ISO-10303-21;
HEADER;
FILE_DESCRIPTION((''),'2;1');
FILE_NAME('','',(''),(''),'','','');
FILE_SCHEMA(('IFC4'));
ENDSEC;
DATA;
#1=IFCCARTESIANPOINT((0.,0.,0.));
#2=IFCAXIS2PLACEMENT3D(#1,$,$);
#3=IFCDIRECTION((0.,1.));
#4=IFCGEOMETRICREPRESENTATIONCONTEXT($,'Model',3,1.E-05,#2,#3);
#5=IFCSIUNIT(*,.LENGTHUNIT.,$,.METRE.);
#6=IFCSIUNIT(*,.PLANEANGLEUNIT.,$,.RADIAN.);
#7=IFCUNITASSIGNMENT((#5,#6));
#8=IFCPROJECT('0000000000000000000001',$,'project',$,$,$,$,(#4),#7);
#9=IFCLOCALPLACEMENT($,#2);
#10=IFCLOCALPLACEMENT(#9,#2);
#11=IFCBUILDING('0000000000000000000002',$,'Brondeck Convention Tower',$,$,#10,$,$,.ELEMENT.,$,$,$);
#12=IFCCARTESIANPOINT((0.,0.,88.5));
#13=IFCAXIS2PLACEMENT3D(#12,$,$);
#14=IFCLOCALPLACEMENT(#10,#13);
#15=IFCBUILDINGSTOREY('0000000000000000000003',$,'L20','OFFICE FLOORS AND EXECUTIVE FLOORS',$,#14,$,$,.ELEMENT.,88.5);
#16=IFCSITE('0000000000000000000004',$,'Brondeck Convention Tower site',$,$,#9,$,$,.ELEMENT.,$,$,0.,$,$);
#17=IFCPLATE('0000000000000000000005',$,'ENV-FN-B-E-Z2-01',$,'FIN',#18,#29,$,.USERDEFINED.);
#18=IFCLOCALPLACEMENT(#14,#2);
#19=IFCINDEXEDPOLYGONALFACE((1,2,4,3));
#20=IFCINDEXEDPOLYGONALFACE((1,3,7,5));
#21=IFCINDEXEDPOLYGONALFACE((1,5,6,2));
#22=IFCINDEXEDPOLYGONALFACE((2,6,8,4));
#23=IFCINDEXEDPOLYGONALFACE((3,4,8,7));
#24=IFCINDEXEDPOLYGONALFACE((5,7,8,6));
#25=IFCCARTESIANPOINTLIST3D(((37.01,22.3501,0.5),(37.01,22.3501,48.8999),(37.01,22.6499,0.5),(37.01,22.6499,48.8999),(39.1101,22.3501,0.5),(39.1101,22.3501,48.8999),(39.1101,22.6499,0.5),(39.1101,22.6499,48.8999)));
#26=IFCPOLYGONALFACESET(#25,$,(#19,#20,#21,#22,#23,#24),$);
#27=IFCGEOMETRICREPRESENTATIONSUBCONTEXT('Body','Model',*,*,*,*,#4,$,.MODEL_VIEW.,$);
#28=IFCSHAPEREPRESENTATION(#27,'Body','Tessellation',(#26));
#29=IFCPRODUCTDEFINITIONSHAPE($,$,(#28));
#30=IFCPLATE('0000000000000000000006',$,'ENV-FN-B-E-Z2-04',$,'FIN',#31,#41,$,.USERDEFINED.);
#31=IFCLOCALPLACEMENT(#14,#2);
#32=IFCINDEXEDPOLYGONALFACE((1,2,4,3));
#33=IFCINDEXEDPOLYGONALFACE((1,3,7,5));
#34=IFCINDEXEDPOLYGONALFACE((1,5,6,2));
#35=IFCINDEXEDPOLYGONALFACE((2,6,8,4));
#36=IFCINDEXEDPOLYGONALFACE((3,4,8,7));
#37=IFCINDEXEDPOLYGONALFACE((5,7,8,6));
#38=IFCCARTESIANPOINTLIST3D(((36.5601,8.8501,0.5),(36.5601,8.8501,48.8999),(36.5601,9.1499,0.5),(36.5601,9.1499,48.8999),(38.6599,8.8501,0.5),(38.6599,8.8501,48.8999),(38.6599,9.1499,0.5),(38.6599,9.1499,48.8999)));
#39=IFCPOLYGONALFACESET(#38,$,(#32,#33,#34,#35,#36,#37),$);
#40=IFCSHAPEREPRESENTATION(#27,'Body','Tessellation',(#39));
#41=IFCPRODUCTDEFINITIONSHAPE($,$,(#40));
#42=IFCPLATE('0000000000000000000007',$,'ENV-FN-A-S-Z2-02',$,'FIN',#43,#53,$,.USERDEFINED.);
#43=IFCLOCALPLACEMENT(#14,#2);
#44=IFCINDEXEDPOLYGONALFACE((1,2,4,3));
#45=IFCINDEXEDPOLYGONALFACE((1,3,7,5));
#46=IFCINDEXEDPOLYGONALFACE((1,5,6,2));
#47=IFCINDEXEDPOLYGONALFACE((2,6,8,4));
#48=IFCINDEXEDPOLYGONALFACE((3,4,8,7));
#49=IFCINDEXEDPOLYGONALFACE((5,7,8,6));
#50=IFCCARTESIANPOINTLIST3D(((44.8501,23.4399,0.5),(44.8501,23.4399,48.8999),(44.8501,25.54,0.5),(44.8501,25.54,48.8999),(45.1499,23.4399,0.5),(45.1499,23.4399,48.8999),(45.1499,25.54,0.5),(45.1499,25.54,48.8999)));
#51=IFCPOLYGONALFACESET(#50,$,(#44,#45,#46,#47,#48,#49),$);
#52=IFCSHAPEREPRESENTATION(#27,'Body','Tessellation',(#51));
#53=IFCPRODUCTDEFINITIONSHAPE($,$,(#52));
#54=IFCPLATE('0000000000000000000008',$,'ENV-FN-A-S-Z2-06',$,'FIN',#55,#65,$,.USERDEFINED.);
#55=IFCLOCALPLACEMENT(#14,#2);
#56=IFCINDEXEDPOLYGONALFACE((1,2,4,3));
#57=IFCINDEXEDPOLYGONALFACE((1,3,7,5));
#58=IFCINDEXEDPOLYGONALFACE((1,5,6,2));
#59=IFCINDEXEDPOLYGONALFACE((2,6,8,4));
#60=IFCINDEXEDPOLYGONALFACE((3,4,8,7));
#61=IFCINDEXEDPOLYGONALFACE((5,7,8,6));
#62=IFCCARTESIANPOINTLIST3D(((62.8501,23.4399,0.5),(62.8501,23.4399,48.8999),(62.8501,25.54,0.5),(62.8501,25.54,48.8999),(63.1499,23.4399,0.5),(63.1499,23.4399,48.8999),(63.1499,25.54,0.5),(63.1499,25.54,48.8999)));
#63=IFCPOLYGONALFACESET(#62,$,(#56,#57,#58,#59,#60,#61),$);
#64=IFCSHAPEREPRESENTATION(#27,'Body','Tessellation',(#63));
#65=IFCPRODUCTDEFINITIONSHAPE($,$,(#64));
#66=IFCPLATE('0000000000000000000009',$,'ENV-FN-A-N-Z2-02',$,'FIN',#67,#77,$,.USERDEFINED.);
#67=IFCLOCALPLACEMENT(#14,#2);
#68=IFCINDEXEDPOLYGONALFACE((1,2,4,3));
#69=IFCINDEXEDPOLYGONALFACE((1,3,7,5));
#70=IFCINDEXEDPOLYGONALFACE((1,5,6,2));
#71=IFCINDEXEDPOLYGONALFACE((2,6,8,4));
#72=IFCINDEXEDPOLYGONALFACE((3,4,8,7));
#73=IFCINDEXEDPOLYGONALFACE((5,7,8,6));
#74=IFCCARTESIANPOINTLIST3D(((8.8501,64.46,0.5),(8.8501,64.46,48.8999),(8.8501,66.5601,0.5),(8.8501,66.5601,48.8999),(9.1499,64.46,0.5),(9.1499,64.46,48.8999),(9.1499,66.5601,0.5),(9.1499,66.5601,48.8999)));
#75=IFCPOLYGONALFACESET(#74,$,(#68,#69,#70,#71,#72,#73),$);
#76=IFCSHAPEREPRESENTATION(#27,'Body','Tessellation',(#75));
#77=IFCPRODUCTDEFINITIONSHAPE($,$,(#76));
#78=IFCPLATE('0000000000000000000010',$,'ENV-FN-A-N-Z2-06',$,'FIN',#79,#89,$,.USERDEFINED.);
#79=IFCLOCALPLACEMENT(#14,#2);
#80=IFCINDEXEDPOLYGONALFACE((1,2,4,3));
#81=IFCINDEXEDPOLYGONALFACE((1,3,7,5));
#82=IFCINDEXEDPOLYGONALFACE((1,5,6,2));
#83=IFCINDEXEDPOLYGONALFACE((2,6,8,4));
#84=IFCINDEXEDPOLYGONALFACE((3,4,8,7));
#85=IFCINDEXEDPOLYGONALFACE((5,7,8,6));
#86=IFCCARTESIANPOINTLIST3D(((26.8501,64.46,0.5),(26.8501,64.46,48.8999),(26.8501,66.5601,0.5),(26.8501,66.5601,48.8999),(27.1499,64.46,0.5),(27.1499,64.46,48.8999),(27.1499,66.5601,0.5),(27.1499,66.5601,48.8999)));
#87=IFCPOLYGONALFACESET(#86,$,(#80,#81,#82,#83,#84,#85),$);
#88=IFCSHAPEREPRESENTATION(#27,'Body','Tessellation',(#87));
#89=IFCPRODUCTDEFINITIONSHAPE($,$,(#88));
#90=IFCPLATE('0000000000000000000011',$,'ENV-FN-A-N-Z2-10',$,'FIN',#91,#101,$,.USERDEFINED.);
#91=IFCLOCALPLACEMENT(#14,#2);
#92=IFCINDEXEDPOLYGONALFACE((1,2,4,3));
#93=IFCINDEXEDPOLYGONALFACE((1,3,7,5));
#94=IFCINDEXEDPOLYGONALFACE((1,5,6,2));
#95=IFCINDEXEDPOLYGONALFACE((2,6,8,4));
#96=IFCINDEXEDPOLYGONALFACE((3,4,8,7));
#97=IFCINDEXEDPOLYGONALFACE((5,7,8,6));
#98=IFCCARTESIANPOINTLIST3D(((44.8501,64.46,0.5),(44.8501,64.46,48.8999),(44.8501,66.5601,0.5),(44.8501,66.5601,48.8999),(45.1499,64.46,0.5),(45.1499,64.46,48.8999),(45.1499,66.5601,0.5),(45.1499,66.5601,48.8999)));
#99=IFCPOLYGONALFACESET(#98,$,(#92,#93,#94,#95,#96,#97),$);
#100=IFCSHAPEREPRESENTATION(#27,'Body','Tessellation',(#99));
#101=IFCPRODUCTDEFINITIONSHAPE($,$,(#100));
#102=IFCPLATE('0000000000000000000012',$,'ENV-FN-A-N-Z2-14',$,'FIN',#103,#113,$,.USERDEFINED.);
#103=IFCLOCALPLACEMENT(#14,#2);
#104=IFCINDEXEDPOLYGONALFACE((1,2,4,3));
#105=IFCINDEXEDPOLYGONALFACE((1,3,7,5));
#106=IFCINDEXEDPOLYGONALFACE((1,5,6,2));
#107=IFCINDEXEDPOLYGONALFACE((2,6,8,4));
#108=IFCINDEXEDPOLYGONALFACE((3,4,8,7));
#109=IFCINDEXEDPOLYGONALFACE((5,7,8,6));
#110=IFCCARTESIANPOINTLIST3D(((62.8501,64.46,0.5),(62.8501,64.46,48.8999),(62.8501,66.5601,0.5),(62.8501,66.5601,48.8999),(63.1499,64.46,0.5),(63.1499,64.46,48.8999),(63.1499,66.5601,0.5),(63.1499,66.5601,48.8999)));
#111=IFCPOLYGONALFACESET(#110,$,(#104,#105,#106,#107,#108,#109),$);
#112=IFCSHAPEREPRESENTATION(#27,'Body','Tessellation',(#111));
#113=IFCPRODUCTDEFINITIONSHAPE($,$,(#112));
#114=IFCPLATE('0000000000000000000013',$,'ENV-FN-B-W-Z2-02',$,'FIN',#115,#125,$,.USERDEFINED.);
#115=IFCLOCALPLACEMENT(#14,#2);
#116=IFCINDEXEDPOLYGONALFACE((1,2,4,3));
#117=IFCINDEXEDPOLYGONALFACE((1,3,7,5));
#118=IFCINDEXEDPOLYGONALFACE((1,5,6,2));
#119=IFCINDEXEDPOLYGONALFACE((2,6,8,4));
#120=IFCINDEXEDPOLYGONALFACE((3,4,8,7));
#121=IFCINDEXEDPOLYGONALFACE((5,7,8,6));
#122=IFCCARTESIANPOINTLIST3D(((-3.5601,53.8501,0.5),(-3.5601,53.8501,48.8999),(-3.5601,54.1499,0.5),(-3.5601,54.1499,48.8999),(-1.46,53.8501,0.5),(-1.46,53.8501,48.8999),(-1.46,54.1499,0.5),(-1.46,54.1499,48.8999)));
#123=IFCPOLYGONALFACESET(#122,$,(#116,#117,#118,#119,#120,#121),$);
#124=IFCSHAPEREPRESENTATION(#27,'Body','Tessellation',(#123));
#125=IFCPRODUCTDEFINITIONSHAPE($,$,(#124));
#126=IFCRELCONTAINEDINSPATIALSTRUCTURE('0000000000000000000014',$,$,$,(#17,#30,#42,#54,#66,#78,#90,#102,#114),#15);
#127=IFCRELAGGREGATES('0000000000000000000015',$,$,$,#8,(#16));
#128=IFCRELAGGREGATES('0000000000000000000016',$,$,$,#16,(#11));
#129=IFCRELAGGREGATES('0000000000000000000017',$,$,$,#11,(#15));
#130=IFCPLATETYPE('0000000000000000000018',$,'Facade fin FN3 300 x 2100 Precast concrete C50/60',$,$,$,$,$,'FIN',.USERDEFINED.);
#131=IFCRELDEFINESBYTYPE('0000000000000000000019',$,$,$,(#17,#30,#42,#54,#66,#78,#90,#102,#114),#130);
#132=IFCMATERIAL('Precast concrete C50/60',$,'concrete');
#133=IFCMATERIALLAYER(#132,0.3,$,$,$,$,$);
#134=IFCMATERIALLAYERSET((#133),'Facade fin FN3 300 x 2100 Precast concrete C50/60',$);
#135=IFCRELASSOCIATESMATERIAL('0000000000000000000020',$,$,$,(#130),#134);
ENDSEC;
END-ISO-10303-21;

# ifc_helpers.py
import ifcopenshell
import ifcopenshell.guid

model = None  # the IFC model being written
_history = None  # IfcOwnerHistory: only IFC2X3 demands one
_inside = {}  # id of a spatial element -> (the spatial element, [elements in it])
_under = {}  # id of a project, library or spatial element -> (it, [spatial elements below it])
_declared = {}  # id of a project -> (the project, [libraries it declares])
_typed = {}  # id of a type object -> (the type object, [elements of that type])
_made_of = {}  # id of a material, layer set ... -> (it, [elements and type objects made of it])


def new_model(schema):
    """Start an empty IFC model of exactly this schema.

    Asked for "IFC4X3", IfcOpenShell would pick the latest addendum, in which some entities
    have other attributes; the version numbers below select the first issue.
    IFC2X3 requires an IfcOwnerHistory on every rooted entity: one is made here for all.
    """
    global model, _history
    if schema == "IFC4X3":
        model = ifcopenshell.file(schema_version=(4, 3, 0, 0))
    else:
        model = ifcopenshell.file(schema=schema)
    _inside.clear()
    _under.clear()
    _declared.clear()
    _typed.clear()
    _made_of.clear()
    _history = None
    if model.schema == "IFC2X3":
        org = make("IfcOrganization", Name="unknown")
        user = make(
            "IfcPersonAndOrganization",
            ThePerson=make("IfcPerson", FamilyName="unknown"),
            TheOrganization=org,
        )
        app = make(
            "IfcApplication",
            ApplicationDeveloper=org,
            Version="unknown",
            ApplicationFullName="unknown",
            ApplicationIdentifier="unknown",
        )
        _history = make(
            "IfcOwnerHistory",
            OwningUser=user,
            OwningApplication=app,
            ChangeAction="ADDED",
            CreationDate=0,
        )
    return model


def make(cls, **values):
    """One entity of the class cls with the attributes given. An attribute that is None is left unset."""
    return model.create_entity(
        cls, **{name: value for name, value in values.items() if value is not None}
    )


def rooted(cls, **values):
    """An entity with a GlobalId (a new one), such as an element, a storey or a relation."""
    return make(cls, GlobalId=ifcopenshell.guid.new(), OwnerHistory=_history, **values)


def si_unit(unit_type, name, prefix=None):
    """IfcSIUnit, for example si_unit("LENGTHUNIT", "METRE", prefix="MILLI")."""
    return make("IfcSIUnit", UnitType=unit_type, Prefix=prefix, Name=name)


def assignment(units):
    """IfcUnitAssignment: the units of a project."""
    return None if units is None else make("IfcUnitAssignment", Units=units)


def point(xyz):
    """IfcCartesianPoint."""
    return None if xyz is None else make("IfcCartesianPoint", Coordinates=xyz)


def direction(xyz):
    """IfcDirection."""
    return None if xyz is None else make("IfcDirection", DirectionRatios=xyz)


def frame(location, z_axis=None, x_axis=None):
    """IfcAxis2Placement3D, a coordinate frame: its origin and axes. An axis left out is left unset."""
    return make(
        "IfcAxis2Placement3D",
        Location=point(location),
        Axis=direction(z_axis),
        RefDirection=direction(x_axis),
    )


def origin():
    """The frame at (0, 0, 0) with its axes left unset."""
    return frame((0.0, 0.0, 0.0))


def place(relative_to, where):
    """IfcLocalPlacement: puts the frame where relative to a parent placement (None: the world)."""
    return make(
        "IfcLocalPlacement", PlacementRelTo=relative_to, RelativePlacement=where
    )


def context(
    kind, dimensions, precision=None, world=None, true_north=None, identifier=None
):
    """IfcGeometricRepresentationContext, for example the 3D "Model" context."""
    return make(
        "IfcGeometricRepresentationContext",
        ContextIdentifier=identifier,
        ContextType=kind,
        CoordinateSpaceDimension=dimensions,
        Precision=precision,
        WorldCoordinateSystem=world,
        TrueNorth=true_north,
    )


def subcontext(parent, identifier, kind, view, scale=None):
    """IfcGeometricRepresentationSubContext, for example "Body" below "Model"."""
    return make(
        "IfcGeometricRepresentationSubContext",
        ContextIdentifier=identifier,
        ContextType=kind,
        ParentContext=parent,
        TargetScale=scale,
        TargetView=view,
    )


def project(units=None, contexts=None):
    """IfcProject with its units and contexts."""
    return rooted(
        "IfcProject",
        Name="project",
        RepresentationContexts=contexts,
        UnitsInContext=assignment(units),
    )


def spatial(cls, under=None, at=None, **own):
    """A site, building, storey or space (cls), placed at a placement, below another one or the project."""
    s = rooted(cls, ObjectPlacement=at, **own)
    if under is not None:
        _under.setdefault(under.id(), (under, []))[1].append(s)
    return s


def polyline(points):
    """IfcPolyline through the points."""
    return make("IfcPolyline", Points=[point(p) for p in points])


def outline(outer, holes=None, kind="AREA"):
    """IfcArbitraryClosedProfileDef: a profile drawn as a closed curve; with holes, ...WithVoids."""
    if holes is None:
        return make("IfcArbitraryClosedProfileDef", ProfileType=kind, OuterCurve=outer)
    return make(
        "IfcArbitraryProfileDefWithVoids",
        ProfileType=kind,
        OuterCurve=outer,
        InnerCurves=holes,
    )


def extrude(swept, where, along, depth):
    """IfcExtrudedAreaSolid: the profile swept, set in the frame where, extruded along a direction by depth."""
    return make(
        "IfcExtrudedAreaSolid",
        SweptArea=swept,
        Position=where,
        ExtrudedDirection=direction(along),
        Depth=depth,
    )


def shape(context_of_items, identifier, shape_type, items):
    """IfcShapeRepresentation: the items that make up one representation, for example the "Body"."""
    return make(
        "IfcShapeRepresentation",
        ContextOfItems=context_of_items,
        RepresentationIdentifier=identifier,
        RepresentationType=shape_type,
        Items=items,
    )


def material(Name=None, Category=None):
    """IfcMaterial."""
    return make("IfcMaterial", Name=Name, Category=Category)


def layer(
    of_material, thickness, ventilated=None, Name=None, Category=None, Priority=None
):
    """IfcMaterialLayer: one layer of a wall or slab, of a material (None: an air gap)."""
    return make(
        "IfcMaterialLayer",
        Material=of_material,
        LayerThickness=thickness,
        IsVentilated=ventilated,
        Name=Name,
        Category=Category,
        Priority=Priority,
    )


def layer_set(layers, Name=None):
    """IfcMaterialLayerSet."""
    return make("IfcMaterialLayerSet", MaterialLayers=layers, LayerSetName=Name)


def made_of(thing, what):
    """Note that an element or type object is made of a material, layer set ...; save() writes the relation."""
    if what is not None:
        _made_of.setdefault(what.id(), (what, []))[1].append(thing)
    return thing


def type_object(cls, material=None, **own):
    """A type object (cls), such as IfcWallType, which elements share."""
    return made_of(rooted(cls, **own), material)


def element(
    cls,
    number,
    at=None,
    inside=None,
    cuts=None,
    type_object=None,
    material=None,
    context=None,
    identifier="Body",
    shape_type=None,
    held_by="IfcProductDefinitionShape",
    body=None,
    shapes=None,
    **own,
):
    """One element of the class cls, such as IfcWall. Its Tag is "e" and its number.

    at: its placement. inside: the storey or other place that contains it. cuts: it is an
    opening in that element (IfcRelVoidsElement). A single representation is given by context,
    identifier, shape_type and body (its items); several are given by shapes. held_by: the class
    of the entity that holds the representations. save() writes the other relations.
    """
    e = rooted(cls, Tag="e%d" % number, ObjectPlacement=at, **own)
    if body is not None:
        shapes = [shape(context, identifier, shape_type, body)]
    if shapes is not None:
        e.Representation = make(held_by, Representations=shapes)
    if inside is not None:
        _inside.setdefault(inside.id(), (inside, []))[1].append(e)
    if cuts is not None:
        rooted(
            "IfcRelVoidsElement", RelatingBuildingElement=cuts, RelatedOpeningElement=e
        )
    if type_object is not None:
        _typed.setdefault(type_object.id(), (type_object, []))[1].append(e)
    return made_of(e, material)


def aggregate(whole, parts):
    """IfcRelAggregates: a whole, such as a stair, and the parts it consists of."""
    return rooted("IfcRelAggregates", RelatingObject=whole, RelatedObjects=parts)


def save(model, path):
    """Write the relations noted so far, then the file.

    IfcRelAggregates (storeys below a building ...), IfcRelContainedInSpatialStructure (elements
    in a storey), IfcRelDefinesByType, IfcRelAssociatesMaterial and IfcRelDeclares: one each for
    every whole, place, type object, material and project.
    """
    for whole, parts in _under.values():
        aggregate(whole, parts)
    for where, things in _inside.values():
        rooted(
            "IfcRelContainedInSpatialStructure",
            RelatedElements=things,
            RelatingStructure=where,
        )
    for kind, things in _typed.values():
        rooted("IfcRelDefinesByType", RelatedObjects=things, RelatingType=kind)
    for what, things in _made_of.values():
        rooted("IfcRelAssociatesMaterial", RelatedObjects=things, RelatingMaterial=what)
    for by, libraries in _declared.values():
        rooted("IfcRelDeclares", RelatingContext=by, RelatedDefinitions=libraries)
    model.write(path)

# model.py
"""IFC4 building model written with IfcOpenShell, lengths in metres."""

from ifc_helpers import new_model, si_unit, direction, frame, origin, place, context, subcontext, project, spatial, polyline, outline, extrude, material, layer, layer_set, type_object, element, save


model = new_model("IFC4")

# Units and contexts
model_context = context("Model", 3, precision=1e-05, world=origin(), true_north=direction((0.0, 1.0)))
body_context = subcontext(model_context, "Body", "Model", "MODEL_VIEW")
ifc_project = project(units=[si_unit("LENGTHUNIT", "METRE"), si_unit("PLANEANGLEUNIT", "RADIAN")], contexts=[model_context])

# Site, building, storey
site_placement = place(None, origin())
site = spatial("IfcSite", under=ifc_project, at=site_placement, Name="Brondeck Convention Tower site", CompositionType="ELEMENT", RefElevation=0.0)
building_placement = place(site_placement, origin())
building = spatial("IfcBuilding", under=site, at=building_placement, Name="Brondeck Convention Tower", CompositionType="ELEMENT")
storey_placement = place(building_placement, frame((0.0, 0.0, 88.5)))
storey = spatial("IfcBuildingStorey", under=building, at=storey_placement, Name="L20", Description="OFFICE FLOORS AND EXECUTIVE FLOORS", CompositionType="ELEMENT", Elevation=88.5)

# Plates
ifc_material_1 = material(Name="Precast concrete C50/60", Category="concrete")
ifc_layer_1 = layer(ifc_material_1, 0.3)
ifc_layer_set_1 = layer_set([ifc_layer_1], Name="Facade fin FN3 300 x 2100 Precast concrete C50/60")
plate_type_1 = type_object("IfcPlateType", Name="Facade fin FN3 300 x 2100 Precast concrete C50/60", ElementType="FIN", PredefinedType="USERDEFINED", material=ifc_layer_set_1)
plate_1_placement = place(storey_placement, frame((0.0, 0.0, 0.5)))
element("IfcPlate", 1, at=plate_1_placement, inside=storey, type_object=plate_type_1, Name="ENV-FN-B-E-Z2-01", ObjectType="FIN", PredefinedType="USERDEFINED", context=body_context, shape_type="SweptSolid", body=[
    extrude(outline(polyline([(39.1101, 22.6499), (37.01, 22.6499), (37.01, 22.3501), (39.1101, 22.3501), (39.1101, 22.6499)])), origin(), (0.0, 0.0, 1.0), 48.3999),
])
plate_2_placement = place(storey_placement, frame((0.0, 0.0, 0.5)))
element("IfcPlate", 2, at=plate_2_placement, inside=storey, type_object=plate_type_1, Name="ENV-FN-B-E-Z2-04", ObjectType="FIN", PredefinedType="USERDEFINED", context=body_context, shape_type="SweptSolid", body=[
    extrude(outline(polyline([(38.6599, 9.1499), (36.5601, 9.1499), (36.5601, 8.8501), (38.6599, 8.8501), (38.6599, 9.1499)])), origin(), (0.0, 0.0, 1.0), 48.3999),
])
plate_3_placement = place(storey_placement, frame((0.0, 0.0, 0.5)))
element("IfcPlate", 3, at=plate_3_placement, inside=storey, type_object=plate_type_1, Name="ENV-FN-A-S-Z2-02", ObjectType="FIN", PredefinedType="USERDEFINED", context=body_context, shape_type="SweptSolid", body=[
    extrude(outline(polyline([(45.1499, 23.4399), (45.1499, 25.54), (44.8501, 25.54), (44.8501, 23.4399), (45.1499, 23.4399)])), origin(), (0.0, 0.0, 1.0), 48.3999),
])
plate_4_placement = place(storey_placement, frame((0.0, 0.0, 0.5)))
element("IfcPlate", 4, at=plate_4_placement, inside=storey, type_object=plate_type_1, Name="ENV-FN-A-S-Z2-06", ObjectType="FIN", PredefinedType="USERDEFINED", context=body_context, shape_type="SweptSolid", body=[
    extrude(outline(polyline([(63.1499, 23.4399), (63.1499, 25.54), (62.8501, 25.54), (62.8501, 23.4399), (63.1499, 23.4399)])), origin(), (0.0, 0.0, 1.0), 48.3999),
])
plate_5_placement = place(storey_placement, frame((0.0, 0.0, 0.5)))
element("IfcPlate", 5, at=plate_5_placement, inside=storey, type_object=plate_type_1, Name="ENV-FN-A-N-Z2-02", ObjectType="FIN", PredefinedType="USERDEFINED", context=body_context, shape_type="SweptSolid", body=[
    extrude(outline(polyline([(8.8501, 66.5601), (8.8501, 64.46), (9.1499, 64.46), (9.1499, 66.5601), (8.8501, 66.5601)])), origin(), (0.0, 0.0, 1.0), 48.3999),
])
plate_6_placement = place(storey_placement, frame((0.0, 0.0, 0.5)))
element("IfcPlate", 6, at=plate_6_placement, inside=storey, type_object=plate_type_1, Name="ENV-FN-A-N-Z2-06", ObjectType="FIN", PredefinedType="USERDEFINED", context=body_context, shape_type="SweptSolid", body=[
    extrude(outline(polyline([(26.8501, 66.5601), (26.8501, 64.46), (27.1499, 64.46), (27.1499, 66.5601), (26.8501, 66.5601)])), origin(), (0.0, 0.0, 1.0), 48.3999),
])
plate_7_placement = place(storey_placement, frame((0.0, 0.0, 0.5)))
element("IfcPlate", 7, at=plate_7_placement, inside=storey, type_object=plate_type_1, Name="ENV-FN-A-N-Z2-10", ObjectType="FIN", PredefinedType="USERDEFINED", context=body_context, shape_type="SweptSolid", body=[
    extrude(outline(polyline([(44.8501, 66.5601), (44.8501, 64.46), (45.1499, 64.46), (45.1499, 66.5601), (44.8501, 66.5601)])), origin(), (0.0, 0.0, 1.0), 48.3999),
])
plate_8_placement = place(storey_placement, frame((0.0, 0.0, 0.5)))
element("IfcPlate", 8, at=plate_8_placement, inside=storey, type_object=plate_type_1, Name="ENV-FN-A-N-Z2-14", ObjectType="FIN", PredefinedType="USERDEFINED", context=body_context, shape_type="SweptSolid", body=[
    extrude(outline(polyline([(62.8501, 66.5601), (62.8501, 64.46), (63.1499, 64.46), (63.1499, 66.5601), (62.8501, 66.5601)])), origin(), (0.0, 0.0, 1.0), 48.3999),
])
plate_9_placement = place(storey_placement, frame((0.0, 0.0, 0.5)))
element("IfcPlate", 9, at=plate_9_placement, inside=storey, type_object=plate_type_1, Name="ENV-FN-B-W-Z2-02", ObjectType="FIN", PredefinedType="USERDEFINED", context=body_context, shape_type="SweptSolid", body=[
    extrude(outline(polyline([(-3.5601, 53.8501), (-1.46, 53.8501), (-1.46, 54.1499), (-3.5601, 54.1499), (-3.5601, 53.8501)])), origin(), (0.0, 0.0, 1.0), 48.3999),
])

save(model, "model.ifc")
